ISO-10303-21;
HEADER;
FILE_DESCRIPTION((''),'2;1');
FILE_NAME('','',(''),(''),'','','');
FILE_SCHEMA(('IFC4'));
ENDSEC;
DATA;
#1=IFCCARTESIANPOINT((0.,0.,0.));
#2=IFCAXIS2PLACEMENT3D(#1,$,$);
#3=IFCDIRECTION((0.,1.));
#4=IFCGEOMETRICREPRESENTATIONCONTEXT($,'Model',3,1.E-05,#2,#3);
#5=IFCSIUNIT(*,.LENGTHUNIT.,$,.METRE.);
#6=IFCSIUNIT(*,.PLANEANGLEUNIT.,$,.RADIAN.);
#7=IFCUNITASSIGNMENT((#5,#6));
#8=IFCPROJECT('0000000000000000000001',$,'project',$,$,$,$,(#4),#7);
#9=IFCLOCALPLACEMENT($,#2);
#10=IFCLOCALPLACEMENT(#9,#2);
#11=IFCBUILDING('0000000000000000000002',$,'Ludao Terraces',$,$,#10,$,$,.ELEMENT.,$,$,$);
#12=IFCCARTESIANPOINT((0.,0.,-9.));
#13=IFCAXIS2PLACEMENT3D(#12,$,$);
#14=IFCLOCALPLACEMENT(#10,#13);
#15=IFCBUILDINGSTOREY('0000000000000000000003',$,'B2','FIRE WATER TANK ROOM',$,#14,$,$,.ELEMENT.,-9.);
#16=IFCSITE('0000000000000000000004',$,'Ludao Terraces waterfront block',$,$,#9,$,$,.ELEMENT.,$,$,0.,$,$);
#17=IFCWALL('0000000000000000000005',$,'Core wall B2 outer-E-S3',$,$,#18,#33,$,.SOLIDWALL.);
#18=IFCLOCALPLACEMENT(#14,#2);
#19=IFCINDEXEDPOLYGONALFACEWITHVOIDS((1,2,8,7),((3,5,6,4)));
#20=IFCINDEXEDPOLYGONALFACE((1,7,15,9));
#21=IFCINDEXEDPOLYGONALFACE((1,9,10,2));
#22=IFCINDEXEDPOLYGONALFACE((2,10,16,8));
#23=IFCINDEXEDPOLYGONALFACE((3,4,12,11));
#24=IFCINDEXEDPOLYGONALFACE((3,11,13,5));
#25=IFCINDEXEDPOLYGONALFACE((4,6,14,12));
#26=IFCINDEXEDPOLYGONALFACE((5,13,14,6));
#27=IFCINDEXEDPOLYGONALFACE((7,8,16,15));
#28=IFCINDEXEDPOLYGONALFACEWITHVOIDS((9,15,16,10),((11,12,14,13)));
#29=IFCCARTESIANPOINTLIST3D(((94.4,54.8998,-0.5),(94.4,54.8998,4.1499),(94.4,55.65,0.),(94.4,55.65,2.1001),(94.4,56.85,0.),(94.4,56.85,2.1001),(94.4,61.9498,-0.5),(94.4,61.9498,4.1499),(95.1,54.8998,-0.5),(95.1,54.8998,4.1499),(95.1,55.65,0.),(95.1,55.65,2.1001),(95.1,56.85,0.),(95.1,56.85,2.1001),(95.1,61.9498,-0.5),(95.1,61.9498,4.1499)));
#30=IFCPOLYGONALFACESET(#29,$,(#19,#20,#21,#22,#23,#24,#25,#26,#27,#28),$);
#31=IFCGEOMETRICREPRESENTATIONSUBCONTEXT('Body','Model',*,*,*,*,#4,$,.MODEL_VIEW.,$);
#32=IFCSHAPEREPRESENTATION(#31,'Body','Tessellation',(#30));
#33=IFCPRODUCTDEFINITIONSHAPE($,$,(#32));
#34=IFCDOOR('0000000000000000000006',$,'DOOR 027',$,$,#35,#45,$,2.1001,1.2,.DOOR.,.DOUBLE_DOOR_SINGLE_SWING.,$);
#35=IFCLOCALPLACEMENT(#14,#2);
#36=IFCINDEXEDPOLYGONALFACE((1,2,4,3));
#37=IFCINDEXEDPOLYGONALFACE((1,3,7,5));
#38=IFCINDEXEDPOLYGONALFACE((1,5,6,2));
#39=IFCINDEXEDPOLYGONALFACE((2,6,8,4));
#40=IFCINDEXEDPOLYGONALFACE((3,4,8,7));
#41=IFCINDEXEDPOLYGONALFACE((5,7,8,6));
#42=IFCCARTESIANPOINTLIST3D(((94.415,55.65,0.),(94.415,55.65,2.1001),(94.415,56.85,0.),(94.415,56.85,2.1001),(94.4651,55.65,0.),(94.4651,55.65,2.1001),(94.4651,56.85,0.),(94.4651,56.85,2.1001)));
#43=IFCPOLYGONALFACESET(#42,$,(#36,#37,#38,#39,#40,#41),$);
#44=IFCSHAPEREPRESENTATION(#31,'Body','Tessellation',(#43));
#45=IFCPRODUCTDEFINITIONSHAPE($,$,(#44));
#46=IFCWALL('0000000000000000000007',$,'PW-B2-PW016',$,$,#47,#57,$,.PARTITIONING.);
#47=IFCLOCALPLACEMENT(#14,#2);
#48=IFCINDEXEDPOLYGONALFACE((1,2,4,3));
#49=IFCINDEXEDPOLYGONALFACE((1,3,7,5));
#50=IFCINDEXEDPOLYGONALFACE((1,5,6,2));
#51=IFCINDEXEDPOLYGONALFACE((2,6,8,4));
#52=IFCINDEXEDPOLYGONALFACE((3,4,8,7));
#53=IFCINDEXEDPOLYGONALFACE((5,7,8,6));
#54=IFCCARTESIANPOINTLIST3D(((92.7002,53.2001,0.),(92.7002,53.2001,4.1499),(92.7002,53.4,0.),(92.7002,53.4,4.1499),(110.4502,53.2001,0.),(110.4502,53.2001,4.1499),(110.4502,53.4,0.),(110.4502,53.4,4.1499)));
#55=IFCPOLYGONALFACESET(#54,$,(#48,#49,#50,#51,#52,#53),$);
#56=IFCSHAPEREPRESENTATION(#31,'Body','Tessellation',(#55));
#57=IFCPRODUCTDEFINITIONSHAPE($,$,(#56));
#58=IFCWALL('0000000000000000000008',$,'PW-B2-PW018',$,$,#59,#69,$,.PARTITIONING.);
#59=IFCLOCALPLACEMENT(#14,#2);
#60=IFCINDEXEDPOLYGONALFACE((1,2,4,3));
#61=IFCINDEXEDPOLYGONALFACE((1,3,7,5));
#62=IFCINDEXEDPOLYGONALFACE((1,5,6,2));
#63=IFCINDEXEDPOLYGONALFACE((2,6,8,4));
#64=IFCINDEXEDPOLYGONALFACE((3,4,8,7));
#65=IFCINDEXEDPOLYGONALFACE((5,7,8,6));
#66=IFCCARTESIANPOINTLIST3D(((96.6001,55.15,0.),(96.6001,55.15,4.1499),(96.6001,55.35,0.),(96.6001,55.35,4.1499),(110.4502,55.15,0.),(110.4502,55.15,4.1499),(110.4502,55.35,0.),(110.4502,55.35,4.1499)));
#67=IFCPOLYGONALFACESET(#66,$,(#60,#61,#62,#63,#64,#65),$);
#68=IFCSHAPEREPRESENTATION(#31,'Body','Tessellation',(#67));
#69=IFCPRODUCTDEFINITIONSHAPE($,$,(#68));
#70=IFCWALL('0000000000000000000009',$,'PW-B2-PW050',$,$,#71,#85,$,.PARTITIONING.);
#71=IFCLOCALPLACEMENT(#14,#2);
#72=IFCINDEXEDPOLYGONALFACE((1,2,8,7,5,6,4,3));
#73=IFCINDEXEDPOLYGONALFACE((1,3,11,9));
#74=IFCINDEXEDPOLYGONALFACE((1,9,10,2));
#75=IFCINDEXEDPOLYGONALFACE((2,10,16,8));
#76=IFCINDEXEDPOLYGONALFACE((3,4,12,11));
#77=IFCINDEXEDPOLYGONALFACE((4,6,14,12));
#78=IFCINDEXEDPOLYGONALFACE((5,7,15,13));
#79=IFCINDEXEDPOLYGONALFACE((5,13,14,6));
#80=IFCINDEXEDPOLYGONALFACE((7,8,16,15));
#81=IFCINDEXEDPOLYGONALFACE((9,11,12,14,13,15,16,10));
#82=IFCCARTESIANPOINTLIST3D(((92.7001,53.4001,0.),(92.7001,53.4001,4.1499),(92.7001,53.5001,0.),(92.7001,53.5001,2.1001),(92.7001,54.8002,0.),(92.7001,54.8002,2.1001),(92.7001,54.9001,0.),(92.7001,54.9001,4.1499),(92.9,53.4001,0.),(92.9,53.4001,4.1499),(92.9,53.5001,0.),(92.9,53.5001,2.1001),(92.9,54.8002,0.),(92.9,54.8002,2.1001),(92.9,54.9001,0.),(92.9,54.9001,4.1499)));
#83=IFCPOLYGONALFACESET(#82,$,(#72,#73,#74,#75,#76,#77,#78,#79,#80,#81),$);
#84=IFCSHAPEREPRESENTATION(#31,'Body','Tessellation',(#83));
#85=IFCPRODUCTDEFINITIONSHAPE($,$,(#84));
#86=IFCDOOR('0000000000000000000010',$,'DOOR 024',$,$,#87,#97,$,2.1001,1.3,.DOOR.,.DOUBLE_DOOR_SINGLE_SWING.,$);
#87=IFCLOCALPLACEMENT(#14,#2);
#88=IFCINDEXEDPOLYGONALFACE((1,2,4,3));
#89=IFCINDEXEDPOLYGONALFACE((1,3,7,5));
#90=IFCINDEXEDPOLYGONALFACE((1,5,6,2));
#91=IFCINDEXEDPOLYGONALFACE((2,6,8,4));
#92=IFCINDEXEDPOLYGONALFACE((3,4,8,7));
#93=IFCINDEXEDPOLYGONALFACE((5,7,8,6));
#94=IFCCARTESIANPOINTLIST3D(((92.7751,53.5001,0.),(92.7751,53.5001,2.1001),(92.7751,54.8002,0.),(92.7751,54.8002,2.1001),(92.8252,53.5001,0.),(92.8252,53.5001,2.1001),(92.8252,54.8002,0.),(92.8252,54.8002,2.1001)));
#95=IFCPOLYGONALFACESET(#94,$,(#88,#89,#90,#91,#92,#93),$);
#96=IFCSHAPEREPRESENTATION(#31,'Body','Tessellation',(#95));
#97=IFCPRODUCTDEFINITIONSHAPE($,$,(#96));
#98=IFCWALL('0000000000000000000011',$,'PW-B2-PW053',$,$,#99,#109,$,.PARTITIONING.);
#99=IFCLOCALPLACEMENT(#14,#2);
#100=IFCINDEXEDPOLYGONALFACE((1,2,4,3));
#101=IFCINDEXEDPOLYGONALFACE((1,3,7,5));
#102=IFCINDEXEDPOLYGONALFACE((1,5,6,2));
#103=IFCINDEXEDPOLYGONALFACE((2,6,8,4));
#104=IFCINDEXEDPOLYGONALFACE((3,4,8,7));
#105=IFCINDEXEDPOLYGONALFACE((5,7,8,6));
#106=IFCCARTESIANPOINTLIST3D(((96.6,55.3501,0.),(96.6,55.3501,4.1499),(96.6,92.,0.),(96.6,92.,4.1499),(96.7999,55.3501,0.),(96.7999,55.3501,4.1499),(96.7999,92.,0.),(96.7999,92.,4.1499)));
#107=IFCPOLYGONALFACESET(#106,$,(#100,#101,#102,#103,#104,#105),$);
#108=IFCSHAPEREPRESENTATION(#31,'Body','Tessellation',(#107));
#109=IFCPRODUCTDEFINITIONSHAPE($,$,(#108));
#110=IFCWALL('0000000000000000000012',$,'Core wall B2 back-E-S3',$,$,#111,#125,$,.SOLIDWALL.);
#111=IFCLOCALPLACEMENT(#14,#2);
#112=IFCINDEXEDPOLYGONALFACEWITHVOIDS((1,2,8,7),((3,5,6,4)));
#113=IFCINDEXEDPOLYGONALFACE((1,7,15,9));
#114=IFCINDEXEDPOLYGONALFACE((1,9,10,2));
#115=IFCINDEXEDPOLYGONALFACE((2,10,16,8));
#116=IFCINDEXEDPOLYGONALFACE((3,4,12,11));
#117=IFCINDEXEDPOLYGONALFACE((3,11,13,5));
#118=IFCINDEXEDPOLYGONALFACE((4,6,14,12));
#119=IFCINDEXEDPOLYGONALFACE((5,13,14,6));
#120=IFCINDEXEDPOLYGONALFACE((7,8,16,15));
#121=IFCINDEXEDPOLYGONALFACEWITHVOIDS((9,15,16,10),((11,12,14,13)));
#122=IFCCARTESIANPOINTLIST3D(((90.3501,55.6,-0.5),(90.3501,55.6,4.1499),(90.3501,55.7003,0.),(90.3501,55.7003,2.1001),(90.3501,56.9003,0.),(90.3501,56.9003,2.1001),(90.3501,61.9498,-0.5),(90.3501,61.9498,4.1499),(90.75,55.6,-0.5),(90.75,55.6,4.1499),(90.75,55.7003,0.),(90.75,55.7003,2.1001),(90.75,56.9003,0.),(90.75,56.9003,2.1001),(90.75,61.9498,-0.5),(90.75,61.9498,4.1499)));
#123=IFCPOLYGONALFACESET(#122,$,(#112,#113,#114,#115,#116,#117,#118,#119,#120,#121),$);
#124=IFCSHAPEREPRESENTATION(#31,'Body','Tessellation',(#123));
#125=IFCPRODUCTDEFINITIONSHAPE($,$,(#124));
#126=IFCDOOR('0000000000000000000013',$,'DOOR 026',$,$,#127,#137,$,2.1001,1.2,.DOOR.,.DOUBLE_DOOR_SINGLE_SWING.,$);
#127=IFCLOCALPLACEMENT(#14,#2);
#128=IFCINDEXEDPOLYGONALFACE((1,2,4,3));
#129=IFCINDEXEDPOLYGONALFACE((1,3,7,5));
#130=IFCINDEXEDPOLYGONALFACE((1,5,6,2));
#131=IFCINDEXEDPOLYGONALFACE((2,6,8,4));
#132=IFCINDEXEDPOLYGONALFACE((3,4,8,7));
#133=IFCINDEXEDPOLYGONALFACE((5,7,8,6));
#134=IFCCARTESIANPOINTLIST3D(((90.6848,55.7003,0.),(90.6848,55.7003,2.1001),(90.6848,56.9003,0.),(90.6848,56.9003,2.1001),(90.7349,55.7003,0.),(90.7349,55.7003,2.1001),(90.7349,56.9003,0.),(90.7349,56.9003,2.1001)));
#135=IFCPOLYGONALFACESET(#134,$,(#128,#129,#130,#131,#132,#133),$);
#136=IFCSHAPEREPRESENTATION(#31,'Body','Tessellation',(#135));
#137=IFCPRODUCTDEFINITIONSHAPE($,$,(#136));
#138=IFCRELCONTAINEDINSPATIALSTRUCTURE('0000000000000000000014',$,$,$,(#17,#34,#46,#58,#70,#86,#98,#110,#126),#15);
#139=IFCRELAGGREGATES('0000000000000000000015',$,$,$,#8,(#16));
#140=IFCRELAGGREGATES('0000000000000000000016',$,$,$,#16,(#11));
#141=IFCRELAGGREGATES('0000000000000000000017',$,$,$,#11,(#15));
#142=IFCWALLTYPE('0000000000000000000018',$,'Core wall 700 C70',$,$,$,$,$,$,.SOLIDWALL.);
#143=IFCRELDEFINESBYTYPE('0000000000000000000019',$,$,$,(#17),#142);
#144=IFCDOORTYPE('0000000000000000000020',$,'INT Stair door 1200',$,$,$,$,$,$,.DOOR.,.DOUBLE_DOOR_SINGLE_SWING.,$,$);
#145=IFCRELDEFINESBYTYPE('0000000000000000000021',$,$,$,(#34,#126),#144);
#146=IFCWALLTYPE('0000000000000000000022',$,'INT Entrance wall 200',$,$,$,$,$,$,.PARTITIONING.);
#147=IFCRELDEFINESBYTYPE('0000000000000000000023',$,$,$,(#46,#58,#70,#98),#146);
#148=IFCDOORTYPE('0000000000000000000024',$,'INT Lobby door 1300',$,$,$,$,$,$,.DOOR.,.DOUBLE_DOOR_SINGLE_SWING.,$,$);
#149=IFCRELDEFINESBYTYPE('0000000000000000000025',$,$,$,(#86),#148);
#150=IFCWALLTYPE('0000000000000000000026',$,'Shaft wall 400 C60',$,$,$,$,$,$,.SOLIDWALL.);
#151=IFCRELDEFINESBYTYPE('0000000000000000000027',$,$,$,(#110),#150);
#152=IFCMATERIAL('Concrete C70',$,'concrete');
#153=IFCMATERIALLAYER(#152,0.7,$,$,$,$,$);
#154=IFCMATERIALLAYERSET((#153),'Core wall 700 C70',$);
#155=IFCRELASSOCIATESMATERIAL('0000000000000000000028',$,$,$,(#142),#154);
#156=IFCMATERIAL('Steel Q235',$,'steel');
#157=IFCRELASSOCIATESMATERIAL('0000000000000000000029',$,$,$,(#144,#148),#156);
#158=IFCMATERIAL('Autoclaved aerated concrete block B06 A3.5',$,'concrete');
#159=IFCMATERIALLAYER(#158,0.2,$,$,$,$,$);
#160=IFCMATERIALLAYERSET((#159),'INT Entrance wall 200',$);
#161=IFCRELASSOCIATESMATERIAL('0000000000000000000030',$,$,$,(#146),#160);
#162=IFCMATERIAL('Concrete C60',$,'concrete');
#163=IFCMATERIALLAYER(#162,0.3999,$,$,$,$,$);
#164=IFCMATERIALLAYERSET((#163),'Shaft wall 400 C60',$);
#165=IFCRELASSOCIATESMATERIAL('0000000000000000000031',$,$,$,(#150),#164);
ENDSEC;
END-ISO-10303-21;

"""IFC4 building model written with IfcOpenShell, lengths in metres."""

from ifc_helpers import new_model, si_unit, direction, frame, frame_2d, origin, place, context, subcontext, project, spatial, rectangle, extrude, material, layer, layer_set, type_object, element, fill, save


model = new_model("IFC4")

# Units and contexts
model_context = context("Model", 3, precision=1e-05, world=origin(), true_north=direction((0.0, 1.0)))
body_context = subcontext(model_context, "Body", "Model", "MODEL_VIEW")
ifc_project = project(units=[si_unit("LENGTHUNIT", "METRE"), si_unit("PLANEANGLEUNIT", "RADIAN")], contexts=[model_context])

# Site, building, storey
site_placement = place(None, origin())
site = spatial("IfcSite", under=ifc_project, at=site_placement, Name="Ludao Terraces waterfront block", CompositionType="ELEMENT", RefElevation=0.0)
building_placement = place(site_placement, origin())
building = spatial("IfcBuilding", under=site, at=building_placement, Name="Ludao Terraces", CompositionType="ELEMENT")
storey_placement = place(building_placement, frame((0.0, 0.0, -9.0)))
storey = spatial("IfcBuildingStorey", under=building, at=storey_placement, Name="B2", Description="FIRE WATER TANK ROOM", CompositionType="ELEMENT", Elevation=-9.0)

# Shared definitions
ifc_material_1 = material(Name="Concrete C60", Category="concrete")

# Wall, opening, door
ifc_material_2 = material(Name="Concrete C70", Category="concrete")
ifc_layer_1 = layer(ifc_material_2, 0.7)
ifc_layer_set_1 = layer_set([ifc_layer_1], Name="Core wall 700 C70")
wall_type_1 = type_object("IfcWallType", Name="Core wall 700 C70", PredefinedType="SOLIDWALL", material=ifc_layer_set_1)
wall_1_placement = place(storey_placement, frame((94.75, 54.8999, -0.5), z_axis=(0.0, 0.0, 1.0), x_axis=(0.0, 1.0, 0.0)))
wall_1 = element("IfcWall", 1, at=wall_1_placement, inside=storey, type_object=wall_type_1, Name="Core wall B2 outer-E-S3", PredefinedType="SOLIDWALL", context=body_context, shape_type="SweptSolid", body=[
    extrude(rectangle(XDim=7.05, YDim=0.7, at=frame_2d((3.5249, 0.0))), origin(), (0.0, 0.0, 1.0), 4.6499),
])
opening_1_placement = place(wall_1_placement, frame((0.75, 0.0, 0.5)))
opening_1 = element("IfcOpeningElement", 2, at=opening_1_placement, cuts=wall_1, PredefinedType="OPENING", context=body_context, shape_type="SweptSolid", body=[
    extrude(rectangle(XDim=1.2, YDim=2.1001, at=frame_2d((0.6001, 1.05))), frame((0.0, 0.3599, 0.0), z_axis=(0.0, -1.0, 0.0), x_axis=(1.0, 0.0, 0.0)), (0.0, 0.0, 1.0), 0.72),
])
ifc_material_3 = material(Name="Steel Q235", Category="steel")
door_type_1 = type_object("IfcDoorType", Name="INT Stair door 1200", OperationType="DOUBLE_DOOR_SINGLE_SWING", PredefinedType="DOOR", material=ifc_material_3)
door_1_placement = place(opening_1_placement, origin())
door_1 = element("IfcDoor", 3, at=door_1_placement, inside=storey, type_object=door_type_1, Name="DOOR 027", OperationType="DOUBLE_DOOR_SINGLE_SWING", OverallHeight=2.1001, OverallWidth=1.2, PredefinedType="DOOR", context=body_context, shape_type="SweptSolid", body=[
    extrude(rectangle(XDim=1.2, YDim=2.1001, at=frame_2d((0.6001, 1.05))), frame((0.0, 0.335, 0.0), z_axis=(0.0, -1.0, 0.0), x_axis=(1.0, 0.0, 0.0)), (0.0, 0.0, 1.0), 0.05),
])
fill(opening_1, door_1)

# Walls
ifc_material_4 = material(Name="Autoclaved aerated concrete block B06 A3.5", Category="concrete")
ifc_layer_2 = layer(ifc_material_4, 0.2)
ifc_layer_set_2 = layer_set([ifc_layer_2], Name="INT Entrance wall 200")
wall_type_2 = type_object("IfcWallType", Name="INT Entrance wall 200", PredefinedType="PARTITIONING", material=ifc_layer_set_2)
wall_2_placement = place(storey_placement, frame((92.7002, 53.3, 0.0), z_axis=(0.0, 0.0, 1.0), x_axis=(1.0, 0.0, 0.0)))
element("IfcWall", 4, at=wall_2_placement, inside=storey, type_object=wall_type_2, Name="PW-B2-PW016", PredefinedType="PARTITIONING", context=body_context, shape_type="SweptSolid", body=[
    extrude(rectangle(XDim=17.75, YDim=0.2, at=frame_2d((8.875, 0.0))), origin(), (0.0, 0.0, 1.0), 4.1499),
])
wall_3_placement = place(storey_placement, frame((96.6001, 55.25, 0.0), z_axis=(0.0, 0.0, 1.0), x_axis=(1.0, 0.0, 0.0)))
element("IfcWall", 5, at=wall_3_placement, inside=storey, type_object=wall_type_2, Name="PW-B2-PW018", PredefinedType="PARTITIONING", context=body_context, shape_type="SweptSolid", body=[
    extrude(rectangle(XDim=13.8501, YDim=0.2, at=frame_2d((6.925, 0.0))), origin(), (0.0, 0.0, 1.0), 4.1499),
])

# Wall, opening, door
wall_4_placement = place(storey_placement, frame((92.8, 53.4001, 0.0), z_axis=(0.0, 0.0, 1.0), x_axis=(0.0, 1.0, 0.0)))
wall_4 = element("IfcWall", 6, at=wall_4_placement, inside=storey, type_object=wall_type_2, Name="PW-B2-PW050", PredefinedType="PARTITIONING", context=body_context, shape_type="SweptSolid", body=[
    extrude(rectangle(XDim=1.5, YDim=0.2, at=frame_2d((0.75, 0.0))), origin(), (0.0, 0.0, 1.0), 4.1499),
])
opening_2_placement = place(wall_4_placement, frame((0.1001, 0.0, 0.0)))
opening_2 = element("IfcOpeningElement", 7, at=opening_2_placement, cuts=wall_4, PredefinedType="OPENING", context=body_context, shape_type="SweptSolid", body=[
    extrude(rectangle(XDim=1.3, YDim=2.1001, at=frame_2d((0.6499, 1.05))), frame((0.0, 0.1099, 0.0), z_axis=(0.0, -1.0, 0.0), x_axis=(1.0, 0.0, 0.0)), (0.0, 0.0, 1.0), 0.22),
])
door_type_2 = type_object("IfcDoorType", Name="INT Lobby door 1300", OperationType="DOUBLE_DOOR_SINGLE_SWING", PredefinedType="DOOR", material=ifc_material_3)
door_2_placement = place(opening_2_placement, origin())
door_2 = element("IfcDoor", 8, at=door_2_placement, inside=storey, type_object=door_type_2, Name="DOOR 024", OperationType="DOUBLE_DOOR_SINGLE_SWING", OverallHeight=2.1001, OverallWidth=1.3, PredefinedType="DOOR", context=body_context, shape_type="SweptSolid", body=[
    extrude(rectangle(XDim=1.3, YDim=2.1001, at=frame_2d((0.6499, 1.05))), frame((0.0, 0.0249, 0.0), z_axis=(0.0, -1.0, 0.0), x_axis=(1.0, 0.0, 0.0)), (0.0, 0.0, 1.0), 0.05),
])
fill(opening_2, door_2)

# Wall
wall_5_placement = place(storey_placement, frame((96.7, 55.3501, 0.0), z_axis=(0.0, 0.0, 1.0), x_axis=(0.0, 1.0, 0.0)))
element("IfcWall", 9, at=wall_5_placement, inside=storey, type_object=wall_type_2, Name="PW-B2-PW053", PredefinedType="PARTITIONING", context=body_context, shape_type="SweptSolid", body=[
    extrude(rectangle(XDim=36.6499, YDim=0.2, at=frame_2d((18.325, 0.0))), origin(), (0.0, 0.0, 1.0), 4.1499),
])

# Wall, opening, door
ifc_layer_3 = layer(ifc_material_1, 0.3999)
ifc_layer_set_3 = layer_set([ifc_layer_3], Name="Shaft wall 400 C60")
wall_type_3 = type_object("IfcWallType", Name="Shaft wall 400 C60", PredefinedType="SOLIDWALL", material=ifc_layer_set_3)
wall_6_placement = place(storey_placement, frame((90.55, 55.6001, -0.5), z_axis=(0.0, 0.0, 1.0), x_axis=(0.0, 1.0, 0.0)))
wall_6 = element("IfcWall", 10, at=wall_6_placement, inside=storey, type_object=wall_type_3, Name="Core wall B2 back-E-S3", PredefinedType="SOLIDWALL", context=body_context, shape_type="SweptSolid", body=[
    extrude(rectangle(XDim=6.3499, YDim=0.3999, at=frame_2d((3.1748, 0.0))), origin(), (0.0, 0.0, 1.0), 4.6499),
])
opening_3_placement = place(wall_6_placement, frame((0.1001, 0.0, 0.5)))
opening_3 = element("IfcOpeningElement", 11, at=opening_3_placement, cuts=wall_6, PredefinedType="OPENING", context=body_context, shape_type="SweptSolid", body=[
    extrude(rectangle(XDim=1.2, YDim=2.1001, at=frame_2d((0.6001, 1.05))), frame((0.0, 0.21, 0.0), z_axis=(0.0, -1.0, 0.0), x_axis=(1.0, 0.0, 0.0)), (0.0, 0.0, 1.0), 0.4199),
])
door_3_placement = place(opening_3_placement, origin())
door_3 = element("IfcDoor", 12, at=door_3_placement, inside=storey, type_object=door_type_1, Name="DOOR 026", OperationType="DOUBLE_DOOR_SINGLE_SWING", OverallHeight=2.1001, OverallWidth=1.2, PredefinedType="DOOR", context=body_context, shape_type="SweptSolid", body=[
    extrude(rectangle(XDim=1.2, YDim=2.1001, at=frame_2d((0.6001, 1.05))), frame((0.0, -0.1348, 0.0), z_axis=(0.0, -1.0, 0.0), x_axis=(1.0, 0.0, 0.0)), (0.0, 0.0, 1.0), 0.05),
])
fill(opening_3, door_3)

save(model, "model.ifc")
